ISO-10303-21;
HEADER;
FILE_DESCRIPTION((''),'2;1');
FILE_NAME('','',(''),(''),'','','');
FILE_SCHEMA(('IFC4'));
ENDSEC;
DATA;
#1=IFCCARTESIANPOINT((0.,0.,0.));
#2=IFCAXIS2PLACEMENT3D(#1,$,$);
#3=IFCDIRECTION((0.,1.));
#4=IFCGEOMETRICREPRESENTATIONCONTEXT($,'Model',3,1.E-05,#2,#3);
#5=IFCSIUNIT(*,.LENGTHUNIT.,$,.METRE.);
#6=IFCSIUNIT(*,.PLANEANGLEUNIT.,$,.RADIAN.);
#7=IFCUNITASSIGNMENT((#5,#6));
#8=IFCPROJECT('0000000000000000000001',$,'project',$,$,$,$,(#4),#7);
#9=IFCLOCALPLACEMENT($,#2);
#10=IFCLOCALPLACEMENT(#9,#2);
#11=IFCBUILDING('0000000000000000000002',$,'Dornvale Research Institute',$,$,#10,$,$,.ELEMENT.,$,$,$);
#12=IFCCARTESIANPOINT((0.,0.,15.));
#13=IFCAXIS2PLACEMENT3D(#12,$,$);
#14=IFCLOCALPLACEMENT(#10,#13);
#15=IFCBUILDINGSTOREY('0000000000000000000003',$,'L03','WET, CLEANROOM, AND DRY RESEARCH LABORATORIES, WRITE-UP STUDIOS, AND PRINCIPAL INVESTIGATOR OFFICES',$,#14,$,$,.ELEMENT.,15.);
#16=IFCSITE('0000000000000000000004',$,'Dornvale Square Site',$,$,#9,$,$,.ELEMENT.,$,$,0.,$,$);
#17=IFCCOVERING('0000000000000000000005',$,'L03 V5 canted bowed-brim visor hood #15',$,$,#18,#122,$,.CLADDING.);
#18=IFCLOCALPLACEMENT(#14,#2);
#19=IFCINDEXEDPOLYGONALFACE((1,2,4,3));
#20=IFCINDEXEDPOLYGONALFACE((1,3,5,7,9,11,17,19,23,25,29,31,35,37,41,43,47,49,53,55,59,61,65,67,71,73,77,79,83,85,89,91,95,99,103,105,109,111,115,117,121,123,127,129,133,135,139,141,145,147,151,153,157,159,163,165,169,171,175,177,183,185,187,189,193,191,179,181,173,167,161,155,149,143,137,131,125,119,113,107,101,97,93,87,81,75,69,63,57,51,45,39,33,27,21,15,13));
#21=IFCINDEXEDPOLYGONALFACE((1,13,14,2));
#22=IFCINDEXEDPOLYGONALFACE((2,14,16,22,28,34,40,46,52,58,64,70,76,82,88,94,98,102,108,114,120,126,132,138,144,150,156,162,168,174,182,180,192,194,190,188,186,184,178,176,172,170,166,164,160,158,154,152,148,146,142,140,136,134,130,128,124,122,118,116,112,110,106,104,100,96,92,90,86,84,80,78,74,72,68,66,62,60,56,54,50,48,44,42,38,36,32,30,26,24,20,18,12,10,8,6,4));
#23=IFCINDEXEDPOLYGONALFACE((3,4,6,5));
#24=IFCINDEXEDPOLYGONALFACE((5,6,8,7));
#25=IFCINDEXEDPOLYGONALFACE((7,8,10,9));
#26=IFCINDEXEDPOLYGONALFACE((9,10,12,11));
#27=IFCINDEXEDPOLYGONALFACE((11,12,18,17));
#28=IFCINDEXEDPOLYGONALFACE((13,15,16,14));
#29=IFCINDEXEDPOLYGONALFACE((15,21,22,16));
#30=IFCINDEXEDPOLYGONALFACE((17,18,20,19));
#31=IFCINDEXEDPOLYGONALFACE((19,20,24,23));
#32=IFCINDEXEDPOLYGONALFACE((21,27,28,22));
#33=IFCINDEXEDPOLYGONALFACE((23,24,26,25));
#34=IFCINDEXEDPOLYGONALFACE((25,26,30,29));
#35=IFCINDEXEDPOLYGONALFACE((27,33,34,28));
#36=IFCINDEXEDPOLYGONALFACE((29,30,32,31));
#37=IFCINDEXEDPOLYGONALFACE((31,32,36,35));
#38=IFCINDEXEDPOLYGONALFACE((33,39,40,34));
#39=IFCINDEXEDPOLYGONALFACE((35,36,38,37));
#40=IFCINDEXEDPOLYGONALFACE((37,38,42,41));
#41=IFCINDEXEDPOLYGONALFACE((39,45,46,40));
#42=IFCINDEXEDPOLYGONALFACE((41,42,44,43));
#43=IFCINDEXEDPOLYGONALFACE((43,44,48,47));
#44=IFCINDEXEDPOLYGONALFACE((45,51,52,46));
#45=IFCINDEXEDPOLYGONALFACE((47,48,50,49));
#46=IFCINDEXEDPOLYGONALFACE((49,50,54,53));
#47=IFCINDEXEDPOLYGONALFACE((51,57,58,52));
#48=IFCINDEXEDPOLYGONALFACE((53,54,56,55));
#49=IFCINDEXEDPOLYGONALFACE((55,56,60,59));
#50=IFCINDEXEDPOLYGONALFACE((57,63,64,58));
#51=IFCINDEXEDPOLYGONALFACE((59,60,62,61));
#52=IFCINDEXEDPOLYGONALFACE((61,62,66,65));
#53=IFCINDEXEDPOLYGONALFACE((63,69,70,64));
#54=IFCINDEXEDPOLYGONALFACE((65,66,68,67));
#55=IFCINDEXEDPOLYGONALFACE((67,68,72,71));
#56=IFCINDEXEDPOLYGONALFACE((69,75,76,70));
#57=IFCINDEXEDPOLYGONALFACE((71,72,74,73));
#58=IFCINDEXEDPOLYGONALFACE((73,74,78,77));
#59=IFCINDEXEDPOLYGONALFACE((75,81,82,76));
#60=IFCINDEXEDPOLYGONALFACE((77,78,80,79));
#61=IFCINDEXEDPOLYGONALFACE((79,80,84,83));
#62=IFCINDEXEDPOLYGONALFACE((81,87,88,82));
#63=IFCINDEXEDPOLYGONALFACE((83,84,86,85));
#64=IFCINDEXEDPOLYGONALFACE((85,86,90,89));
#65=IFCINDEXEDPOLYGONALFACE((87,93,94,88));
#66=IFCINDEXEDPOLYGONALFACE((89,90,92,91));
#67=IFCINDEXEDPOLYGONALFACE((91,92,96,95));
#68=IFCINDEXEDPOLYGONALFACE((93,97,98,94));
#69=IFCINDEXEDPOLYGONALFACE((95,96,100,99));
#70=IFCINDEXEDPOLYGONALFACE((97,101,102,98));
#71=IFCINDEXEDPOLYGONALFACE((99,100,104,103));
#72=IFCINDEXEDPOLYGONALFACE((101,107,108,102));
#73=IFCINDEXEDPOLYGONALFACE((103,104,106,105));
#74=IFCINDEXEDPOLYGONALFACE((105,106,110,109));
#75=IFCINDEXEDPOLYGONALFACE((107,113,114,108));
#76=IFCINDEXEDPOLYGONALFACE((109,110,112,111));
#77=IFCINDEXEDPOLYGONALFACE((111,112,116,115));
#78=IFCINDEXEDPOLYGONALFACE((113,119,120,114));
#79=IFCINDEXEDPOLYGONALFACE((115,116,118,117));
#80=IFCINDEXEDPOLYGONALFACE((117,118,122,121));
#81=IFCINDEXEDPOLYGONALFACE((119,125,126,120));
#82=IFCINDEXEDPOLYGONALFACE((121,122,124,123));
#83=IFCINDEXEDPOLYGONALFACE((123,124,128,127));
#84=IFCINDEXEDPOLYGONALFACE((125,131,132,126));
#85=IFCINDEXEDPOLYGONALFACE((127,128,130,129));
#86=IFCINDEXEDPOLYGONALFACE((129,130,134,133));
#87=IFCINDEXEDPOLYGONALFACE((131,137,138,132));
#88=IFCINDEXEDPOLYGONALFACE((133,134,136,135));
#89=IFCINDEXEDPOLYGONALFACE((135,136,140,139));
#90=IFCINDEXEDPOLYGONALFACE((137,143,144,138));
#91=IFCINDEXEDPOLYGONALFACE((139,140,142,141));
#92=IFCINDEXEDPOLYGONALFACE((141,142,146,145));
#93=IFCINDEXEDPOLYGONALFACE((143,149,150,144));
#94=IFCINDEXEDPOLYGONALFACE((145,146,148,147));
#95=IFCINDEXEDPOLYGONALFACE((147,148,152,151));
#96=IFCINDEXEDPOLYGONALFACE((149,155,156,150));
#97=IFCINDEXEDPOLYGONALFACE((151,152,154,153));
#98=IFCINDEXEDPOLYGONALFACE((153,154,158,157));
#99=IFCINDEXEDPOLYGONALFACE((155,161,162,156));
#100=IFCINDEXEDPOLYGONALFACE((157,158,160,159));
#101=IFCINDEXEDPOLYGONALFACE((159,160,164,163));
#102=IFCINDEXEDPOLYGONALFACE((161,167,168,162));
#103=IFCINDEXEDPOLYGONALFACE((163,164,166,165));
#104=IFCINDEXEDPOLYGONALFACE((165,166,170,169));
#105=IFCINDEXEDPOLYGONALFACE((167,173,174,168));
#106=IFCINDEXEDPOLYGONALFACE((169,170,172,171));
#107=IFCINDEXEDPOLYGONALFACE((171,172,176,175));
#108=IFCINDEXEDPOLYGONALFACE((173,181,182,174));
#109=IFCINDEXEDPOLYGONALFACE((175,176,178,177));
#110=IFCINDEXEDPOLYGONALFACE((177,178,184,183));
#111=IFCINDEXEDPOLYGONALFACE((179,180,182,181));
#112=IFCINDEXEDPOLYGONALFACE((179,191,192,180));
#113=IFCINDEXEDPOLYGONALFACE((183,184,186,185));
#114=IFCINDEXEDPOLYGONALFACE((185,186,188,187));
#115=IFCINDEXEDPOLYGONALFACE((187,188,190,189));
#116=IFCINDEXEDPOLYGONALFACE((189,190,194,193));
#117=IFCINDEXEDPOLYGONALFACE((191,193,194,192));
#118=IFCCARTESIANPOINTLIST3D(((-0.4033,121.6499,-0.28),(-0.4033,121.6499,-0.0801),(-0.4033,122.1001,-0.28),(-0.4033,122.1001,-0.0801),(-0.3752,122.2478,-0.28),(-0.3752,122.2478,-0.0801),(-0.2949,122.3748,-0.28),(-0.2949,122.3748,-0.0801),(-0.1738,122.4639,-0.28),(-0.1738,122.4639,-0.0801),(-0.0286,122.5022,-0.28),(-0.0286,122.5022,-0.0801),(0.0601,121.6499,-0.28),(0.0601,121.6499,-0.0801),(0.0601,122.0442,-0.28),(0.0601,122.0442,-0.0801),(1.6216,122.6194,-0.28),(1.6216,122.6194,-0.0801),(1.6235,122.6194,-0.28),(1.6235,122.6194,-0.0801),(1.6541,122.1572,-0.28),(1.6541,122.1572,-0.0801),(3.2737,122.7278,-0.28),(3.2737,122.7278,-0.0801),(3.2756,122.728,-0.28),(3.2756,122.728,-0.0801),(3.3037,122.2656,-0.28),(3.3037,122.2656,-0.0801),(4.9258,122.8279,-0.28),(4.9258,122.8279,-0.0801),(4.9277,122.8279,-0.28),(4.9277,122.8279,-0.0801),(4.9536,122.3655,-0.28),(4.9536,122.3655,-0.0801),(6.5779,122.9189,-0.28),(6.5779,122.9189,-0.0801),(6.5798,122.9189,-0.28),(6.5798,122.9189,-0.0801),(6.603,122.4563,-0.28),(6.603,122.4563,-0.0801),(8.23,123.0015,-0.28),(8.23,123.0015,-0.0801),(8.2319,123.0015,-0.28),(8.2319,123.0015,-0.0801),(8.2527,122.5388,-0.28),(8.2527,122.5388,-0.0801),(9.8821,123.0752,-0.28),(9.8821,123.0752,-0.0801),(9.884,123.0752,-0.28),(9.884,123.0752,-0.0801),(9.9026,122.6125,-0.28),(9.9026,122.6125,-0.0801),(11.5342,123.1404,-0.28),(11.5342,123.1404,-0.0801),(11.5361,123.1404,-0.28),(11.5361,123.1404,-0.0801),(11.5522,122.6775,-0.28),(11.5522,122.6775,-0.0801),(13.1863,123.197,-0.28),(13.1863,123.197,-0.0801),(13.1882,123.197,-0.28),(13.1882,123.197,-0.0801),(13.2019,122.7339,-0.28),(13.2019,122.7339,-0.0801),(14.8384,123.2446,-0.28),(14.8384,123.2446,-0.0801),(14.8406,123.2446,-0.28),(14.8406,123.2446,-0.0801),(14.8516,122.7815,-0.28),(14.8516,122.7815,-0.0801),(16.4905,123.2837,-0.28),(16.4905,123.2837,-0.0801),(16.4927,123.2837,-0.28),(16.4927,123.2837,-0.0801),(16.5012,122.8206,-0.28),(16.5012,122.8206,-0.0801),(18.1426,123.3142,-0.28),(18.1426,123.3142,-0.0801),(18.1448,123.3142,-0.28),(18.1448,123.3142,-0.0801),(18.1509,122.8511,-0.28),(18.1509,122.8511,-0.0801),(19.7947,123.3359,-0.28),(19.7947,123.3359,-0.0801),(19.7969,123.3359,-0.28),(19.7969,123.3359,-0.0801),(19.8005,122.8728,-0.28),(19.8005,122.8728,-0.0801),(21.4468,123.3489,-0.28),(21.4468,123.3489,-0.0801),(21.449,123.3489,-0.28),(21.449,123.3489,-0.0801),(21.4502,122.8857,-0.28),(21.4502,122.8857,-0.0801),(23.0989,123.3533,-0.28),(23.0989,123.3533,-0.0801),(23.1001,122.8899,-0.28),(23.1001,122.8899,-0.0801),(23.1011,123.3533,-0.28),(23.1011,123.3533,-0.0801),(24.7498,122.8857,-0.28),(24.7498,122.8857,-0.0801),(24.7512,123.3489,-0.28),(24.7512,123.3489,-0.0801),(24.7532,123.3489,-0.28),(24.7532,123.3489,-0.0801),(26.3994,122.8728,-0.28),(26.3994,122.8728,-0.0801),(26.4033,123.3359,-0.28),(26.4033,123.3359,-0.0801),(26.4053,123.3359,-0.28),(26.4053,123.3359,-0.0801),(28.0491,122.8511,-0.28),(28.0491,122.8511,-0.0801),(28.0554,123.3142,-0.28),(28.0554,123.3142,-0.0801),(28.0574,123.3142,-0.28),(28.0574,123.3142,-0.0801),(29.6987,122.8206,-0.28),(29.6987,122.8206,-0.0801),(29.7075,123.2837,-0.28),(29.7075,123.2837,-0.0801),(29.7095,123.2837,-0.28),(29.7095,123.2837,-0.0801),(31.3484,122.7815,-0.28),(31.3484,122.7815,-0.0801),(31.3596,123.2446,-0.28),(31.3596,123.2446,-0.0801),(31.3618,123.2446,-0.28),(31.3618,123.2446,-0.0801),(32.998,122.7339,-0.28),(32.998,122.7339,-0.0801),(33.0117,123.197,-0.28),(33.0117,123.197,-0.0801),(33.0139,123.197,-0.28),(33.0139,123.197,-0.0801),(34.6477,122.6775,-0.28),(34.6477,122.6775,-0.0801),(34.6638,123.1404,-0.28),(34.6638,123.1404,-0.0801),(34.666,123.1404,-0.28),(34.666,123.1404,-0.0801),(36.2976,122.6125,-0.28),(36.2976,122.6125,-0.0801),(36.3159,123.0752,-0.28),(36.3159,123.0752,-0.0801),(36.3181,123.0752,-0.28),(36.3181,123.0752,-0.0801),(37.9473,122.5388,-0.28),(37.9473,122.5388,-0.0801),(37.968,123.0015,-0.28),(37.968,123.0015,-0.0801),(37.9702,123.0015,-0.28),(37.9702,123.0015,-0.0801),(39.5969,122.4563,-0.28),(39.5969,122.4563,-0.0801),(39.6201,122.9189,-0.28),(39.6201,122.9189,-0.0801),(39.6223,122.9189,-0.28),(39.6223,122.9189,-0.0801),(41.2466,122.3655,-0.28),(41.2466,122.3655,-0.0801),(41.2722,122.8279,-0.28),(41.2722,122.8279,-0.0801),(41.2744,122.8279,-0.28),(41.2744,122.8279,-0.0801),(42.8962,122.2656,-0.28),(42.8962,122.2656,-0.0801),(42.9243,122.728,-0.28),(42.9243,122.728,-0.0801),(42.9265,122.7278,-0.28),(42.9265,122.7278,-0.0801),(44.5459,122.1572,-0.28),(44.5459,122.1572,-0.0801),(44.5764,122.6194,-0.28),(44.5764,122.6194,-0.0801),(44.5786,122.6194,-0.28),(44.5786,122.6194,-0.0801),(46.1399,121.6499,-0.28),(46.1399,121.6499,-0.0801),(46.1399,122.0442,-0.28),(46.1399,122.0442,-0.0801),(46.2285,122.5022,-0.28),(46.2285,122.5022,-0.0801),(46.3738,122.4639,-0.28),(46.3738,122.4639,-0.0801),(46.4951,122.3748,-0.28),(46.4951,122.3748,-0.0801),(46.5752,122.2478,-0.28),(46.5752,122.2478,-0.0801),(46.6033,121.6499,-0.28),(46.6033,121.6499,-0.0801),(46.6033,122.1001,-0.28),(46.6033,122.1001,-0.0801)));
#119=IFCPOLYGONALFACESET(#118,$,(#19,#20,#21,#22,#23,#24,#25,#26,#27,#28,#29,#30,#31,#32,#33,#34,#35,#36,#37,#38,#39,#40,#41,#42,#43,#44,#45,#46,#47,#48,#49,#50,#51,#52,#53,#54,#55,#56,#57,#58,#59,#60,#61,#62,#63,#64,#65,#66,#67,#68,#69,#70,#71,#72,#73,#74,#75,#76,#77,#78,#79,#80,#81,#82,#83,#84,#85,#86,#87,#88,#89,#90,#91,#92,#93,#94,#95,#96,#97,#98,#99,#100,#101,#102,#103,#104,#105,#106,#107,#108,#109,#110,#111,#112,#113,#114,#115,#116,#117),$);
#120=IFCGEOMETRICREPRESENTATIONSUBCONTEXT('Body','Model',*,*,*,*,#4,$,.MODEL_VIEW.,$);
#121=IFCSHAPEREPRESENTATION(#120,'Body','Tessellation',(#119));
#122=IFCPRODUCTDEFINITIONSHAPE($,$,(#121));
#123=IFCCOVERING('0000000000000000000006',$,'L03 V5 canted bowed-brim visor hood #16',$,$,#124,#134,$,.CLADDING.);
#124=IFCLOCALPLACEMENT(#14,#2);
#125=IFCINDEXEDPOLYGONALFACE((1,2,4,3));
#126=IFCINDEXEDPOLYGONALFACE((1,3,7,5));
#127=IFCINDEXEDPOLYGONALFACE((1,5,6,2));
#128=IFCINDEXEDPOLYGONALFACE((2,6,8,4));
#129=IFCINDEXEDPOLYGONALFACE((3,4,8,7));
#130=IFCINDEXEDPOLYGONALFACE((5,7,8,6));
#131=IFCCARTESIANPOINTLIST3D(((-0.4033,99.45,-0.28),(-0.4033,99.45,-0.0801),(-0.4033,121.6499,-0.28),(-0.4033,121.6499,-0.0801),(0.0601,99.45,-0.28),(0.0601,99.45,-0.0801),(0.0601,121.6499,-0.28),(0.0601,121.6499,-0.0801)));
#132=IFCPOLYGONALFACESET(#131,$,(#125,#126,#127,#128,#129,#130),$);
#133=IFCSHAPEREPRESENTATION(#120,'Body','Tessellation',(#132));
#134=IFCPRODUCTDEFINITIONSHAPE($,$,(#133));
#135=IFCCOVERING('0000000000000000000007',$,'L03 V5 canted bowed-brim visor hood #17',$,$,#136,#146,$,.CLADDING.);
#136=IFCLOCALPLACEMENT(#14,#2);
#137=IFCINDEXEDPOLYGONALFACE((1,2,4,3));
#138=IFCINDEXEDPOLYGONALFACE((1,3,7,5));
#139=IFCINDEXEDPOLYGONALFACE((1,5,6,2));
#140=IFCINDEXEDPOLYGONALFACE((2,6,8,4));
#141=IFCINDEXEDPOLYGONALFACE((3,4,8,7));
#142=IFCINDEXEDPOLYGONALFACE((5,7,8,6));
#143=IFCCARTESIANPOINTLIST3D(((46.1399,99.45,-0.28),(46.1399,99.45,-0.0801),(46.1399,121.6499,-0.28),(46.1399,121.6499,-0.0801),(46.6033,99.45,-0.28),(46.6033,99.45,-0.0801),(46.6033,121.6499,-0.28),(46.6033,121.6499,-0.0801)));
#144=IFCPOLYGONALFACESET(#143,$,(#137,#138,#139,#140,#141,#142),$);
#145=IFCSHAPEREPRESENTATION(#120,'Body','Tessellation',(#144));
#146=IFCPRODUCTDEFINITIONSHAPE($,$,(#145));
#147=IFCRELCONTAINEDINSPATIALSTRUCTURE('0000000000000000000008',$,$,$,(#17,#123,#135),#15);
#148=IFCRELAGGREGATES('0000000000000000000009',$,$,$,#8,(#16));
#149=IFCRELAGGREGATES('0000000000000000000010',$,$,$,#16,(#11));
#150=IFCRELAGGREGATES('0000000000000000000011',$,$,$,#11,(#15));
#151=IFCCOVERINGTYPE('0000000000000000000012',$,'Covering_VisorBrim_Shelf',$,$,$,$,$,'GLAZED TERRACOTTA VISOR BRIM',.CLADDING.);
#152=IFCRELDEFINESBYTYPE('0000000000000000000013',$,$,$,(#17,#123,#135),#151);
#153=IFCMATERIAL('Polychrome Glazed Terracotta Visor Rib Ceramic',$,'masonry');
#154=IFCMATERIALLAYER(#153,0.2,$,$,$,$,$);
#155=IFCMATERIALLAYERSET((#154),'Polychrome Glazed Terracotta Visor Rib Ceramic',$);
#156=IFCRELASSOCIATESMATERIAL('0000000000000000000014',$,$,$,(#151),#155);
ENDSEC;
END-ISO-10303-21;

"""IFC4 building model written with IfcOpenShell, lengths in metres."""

from ifc_helpers import new_model, si_unit, direction, frame, origin, place, context, subcontext, project, spatial, polyline, outline, extrude, material, layer, layer_set, type_object, element, save


model = new_model("IFC4")

# Units and contexts
model_context = context("Model", 3, precision=1e-05, world=origin(), true_north=direction((0.0, 1.0)))
body_context = subcontext(model_context, "Body", "Model", "MODEL_VIEW")
ifc_project = project(units=[si_unit("LENGTHUNIT", "METRE"), si_unit("PLANEANGLEUNIT", "RADIAN")], contexts=[model_context])

# Site, building, storey
site_placement = place(None, origin())
site = spatial("IfcSite", under=ifc_project, at=site_placement, Name="Dornvale Square Site", CompositionType="ELEMENT", RefElevation=0.0)
building_placement = place(site_placement, origin())
building = spatial("IfcBuilding", under=site, at=building_placement, Name="Dornvale Research Institute", CompositionType="ELEMENT")
storey_placement = place(building_placement, frame((0.0, 0.0, 15.0)))
storey = spatial("IfcBuildingStorey", under=building, at=storey_placement, Name="L03", Description="WET, CLEANROOM, AND DRY RESEARCH LABORATORIES, WRITE-UP STUDIOS, AND PRINCIPAL INVESTIGATOR OFFICES", CompositionType="ELEMENT", Elevation=15.0)

# Coverings
ifc_material_1 = material(Name="Polychrome Glazed Terracotta Visor Rib Ceramic", Category="masonry")
ifc_layer_1 = layer(ifc_material_1, 0.2)
ifc_layer_set_1 = layer_set([ifc_layer_1], Name="Polychrome Glazed Terracotta Visor Rib Ceramic")
covering_type_1 = type_object("IfcCoveringType", Name="Covering_VisorBrim_Shelf", ElementType="GLAZED TERRACOTTA VISOR BRIM", PredefinedType="CLADDING", material=ifc_layer_set_1)
covering_1_placement = place(storey_placement, frame((0.0, 0.0, -0.28)))
element("IfcCovering", 1, at=covering_1_placement, inside=storey, type_object=covering_type_1, Name="L03 V5 canted bowed-brim visor hood #15", PredefinedType="CLADDING", context=body_context, shape_type="SweptSolid", body=[
    extrude(outline(polyline([(-0.0286, 122.5022), (1.6216, 122.6194), (1.6235, 122.6194), (3.2737, 122.7278), (3.2756, 122.728), (4.9258, 122.8279), (4.9277, 122.8279), (6.5779, 122.9189), (6.5798, 122.9189), (8.23, 123.0015), (8.2319, 123.0015), (9.8821, 123.0752), (9.884, 123.0752), (11.5342, 123.1404), (11.5361, 123.1404), (13.1863, 123.197), (13.1882, 123.197), (14.8384, 123.2446), (14.8406, 123.2446), (16.4905, 123.2837), (16.4927, 123.2837), (18.1426, 123.3142), (18.1448, 123.3142), (19.7947, 123.3359), (19.7969, 123.3359), (21.4468, 123.3489), (21.449, 123.3489), (23.0989, 123.3533), (23.1011, 123.3533), (24.7512, 123.3489), (24.7532, 123.3489), (26.4033, 123.3359), (26.4053, 123.3359), (28.0554, 123.3142), (28.0574, 123.3142), (29.7075, 123.2837), (29.7095, 123.2837), (31.3596, 123.2446), (31.3618, 123.2446), (33.0117, 123.197), (33.0139, 123.197), (34.6638, 123.1404), (34.666, 123.1404), (36.3159, 123.0752), (36.3181, 123.0752), (37.968, 123.0015), (37.9702, 123.0015), (39.6201, 122.9189), (39.6223, 122.9189), (41.2722, 122.8279), (41.2744, 122.8279), (42.9243, 122.728), (42.9265, 122.7278), (44.5764, 122.6194), (44.5786, 122.6194), (46.2285, 122.5022), (46.3738, 122.4639), (46.4951, 122.3748), (46.5752, 122.2478), (46.6033, 122.1001), (46.6033, 121.6499), (46.1399, 121.6499), (46.1399, 122.0442), (44.5459, 122.1572), (42.8962, 122.2656), (41.2466, 122.3655), (39.5969, 122.4563), (37.9473, 122.5388), (36.2976, 122.6125), (34.6477, 122.6775), (32.998, 122.7339), (31.3484, 122.7815), (29.6987, 122.8206), (28.0491, 122.8511), (26.3994, 122.8728), (24.7498, 122.8857), (23.1001, 122.8899), (21.4502, 122.8857), (19.8005, 122.8728), (18.1509, 122.8511), (16.5012, 122.8206), (14.8516, 122.7815), (13.2019, 122.7339), (11.5522, 122.6775), (9.9026, 122.6125), (8.2527, 122.5388), (6.603, 122.4563), (4.9536, 122.3655), (3.3037, 122.2656), (1.6541, 122.1572), (0.0601, 122.0442), (0.0601, 121.6499), (-0.4033, 121.6499), (-0.4033, 122.1001), (-0.3752, 122.2478), (-0.2949, 122.3748), (-0.1738, 122.4639), (-0.0286, 122.5022)])), origin(), (0.0, 0.0, 1.0), 0.2),
])
covering_2_placement = place(storey_placement, frame((0.0, 0.0, -0.28)))
element("IfcCovering", 2, at=covering_2_placement, inside=storey, type_object=covering_type_1, Name="L03 V5 canted bowed-brim visor hood #16", PredefinedType="CLADDING", context=body_context, shape_type="SweptSolid", body=[
    extrude(outline(polyline([(0.0601, 99.45), (-0.4033, 99.45), (-0.4033, 121.6499), (0.0601, 121.6499), (0.0601, 99.45)])), origin(), (0.0, 0.0, 1.0), 0.2),
])
covering_3_placement = place(storey_placement, frame((0.0, 0.0, -0.28)))
element("IfcCovering", 3, at=covering_3_placement, inside=storey, type_object=covering_type_1, Name="L03 V5 canted bowed-brim visor hood #17", PredefinedType="CLADDING", context=body_context, shape_type="SweptSolid", body=[
    extrude(outline(polyline([(46.6033, 99.45), (46.1399, 99.45), (46.1399, 121.6499), (46.6033, 121.6499), (46.6033, 99.45)])), origin(), (0.0, 0.0, 1.0), 0.2),
])

save(model, "model.ifc")
